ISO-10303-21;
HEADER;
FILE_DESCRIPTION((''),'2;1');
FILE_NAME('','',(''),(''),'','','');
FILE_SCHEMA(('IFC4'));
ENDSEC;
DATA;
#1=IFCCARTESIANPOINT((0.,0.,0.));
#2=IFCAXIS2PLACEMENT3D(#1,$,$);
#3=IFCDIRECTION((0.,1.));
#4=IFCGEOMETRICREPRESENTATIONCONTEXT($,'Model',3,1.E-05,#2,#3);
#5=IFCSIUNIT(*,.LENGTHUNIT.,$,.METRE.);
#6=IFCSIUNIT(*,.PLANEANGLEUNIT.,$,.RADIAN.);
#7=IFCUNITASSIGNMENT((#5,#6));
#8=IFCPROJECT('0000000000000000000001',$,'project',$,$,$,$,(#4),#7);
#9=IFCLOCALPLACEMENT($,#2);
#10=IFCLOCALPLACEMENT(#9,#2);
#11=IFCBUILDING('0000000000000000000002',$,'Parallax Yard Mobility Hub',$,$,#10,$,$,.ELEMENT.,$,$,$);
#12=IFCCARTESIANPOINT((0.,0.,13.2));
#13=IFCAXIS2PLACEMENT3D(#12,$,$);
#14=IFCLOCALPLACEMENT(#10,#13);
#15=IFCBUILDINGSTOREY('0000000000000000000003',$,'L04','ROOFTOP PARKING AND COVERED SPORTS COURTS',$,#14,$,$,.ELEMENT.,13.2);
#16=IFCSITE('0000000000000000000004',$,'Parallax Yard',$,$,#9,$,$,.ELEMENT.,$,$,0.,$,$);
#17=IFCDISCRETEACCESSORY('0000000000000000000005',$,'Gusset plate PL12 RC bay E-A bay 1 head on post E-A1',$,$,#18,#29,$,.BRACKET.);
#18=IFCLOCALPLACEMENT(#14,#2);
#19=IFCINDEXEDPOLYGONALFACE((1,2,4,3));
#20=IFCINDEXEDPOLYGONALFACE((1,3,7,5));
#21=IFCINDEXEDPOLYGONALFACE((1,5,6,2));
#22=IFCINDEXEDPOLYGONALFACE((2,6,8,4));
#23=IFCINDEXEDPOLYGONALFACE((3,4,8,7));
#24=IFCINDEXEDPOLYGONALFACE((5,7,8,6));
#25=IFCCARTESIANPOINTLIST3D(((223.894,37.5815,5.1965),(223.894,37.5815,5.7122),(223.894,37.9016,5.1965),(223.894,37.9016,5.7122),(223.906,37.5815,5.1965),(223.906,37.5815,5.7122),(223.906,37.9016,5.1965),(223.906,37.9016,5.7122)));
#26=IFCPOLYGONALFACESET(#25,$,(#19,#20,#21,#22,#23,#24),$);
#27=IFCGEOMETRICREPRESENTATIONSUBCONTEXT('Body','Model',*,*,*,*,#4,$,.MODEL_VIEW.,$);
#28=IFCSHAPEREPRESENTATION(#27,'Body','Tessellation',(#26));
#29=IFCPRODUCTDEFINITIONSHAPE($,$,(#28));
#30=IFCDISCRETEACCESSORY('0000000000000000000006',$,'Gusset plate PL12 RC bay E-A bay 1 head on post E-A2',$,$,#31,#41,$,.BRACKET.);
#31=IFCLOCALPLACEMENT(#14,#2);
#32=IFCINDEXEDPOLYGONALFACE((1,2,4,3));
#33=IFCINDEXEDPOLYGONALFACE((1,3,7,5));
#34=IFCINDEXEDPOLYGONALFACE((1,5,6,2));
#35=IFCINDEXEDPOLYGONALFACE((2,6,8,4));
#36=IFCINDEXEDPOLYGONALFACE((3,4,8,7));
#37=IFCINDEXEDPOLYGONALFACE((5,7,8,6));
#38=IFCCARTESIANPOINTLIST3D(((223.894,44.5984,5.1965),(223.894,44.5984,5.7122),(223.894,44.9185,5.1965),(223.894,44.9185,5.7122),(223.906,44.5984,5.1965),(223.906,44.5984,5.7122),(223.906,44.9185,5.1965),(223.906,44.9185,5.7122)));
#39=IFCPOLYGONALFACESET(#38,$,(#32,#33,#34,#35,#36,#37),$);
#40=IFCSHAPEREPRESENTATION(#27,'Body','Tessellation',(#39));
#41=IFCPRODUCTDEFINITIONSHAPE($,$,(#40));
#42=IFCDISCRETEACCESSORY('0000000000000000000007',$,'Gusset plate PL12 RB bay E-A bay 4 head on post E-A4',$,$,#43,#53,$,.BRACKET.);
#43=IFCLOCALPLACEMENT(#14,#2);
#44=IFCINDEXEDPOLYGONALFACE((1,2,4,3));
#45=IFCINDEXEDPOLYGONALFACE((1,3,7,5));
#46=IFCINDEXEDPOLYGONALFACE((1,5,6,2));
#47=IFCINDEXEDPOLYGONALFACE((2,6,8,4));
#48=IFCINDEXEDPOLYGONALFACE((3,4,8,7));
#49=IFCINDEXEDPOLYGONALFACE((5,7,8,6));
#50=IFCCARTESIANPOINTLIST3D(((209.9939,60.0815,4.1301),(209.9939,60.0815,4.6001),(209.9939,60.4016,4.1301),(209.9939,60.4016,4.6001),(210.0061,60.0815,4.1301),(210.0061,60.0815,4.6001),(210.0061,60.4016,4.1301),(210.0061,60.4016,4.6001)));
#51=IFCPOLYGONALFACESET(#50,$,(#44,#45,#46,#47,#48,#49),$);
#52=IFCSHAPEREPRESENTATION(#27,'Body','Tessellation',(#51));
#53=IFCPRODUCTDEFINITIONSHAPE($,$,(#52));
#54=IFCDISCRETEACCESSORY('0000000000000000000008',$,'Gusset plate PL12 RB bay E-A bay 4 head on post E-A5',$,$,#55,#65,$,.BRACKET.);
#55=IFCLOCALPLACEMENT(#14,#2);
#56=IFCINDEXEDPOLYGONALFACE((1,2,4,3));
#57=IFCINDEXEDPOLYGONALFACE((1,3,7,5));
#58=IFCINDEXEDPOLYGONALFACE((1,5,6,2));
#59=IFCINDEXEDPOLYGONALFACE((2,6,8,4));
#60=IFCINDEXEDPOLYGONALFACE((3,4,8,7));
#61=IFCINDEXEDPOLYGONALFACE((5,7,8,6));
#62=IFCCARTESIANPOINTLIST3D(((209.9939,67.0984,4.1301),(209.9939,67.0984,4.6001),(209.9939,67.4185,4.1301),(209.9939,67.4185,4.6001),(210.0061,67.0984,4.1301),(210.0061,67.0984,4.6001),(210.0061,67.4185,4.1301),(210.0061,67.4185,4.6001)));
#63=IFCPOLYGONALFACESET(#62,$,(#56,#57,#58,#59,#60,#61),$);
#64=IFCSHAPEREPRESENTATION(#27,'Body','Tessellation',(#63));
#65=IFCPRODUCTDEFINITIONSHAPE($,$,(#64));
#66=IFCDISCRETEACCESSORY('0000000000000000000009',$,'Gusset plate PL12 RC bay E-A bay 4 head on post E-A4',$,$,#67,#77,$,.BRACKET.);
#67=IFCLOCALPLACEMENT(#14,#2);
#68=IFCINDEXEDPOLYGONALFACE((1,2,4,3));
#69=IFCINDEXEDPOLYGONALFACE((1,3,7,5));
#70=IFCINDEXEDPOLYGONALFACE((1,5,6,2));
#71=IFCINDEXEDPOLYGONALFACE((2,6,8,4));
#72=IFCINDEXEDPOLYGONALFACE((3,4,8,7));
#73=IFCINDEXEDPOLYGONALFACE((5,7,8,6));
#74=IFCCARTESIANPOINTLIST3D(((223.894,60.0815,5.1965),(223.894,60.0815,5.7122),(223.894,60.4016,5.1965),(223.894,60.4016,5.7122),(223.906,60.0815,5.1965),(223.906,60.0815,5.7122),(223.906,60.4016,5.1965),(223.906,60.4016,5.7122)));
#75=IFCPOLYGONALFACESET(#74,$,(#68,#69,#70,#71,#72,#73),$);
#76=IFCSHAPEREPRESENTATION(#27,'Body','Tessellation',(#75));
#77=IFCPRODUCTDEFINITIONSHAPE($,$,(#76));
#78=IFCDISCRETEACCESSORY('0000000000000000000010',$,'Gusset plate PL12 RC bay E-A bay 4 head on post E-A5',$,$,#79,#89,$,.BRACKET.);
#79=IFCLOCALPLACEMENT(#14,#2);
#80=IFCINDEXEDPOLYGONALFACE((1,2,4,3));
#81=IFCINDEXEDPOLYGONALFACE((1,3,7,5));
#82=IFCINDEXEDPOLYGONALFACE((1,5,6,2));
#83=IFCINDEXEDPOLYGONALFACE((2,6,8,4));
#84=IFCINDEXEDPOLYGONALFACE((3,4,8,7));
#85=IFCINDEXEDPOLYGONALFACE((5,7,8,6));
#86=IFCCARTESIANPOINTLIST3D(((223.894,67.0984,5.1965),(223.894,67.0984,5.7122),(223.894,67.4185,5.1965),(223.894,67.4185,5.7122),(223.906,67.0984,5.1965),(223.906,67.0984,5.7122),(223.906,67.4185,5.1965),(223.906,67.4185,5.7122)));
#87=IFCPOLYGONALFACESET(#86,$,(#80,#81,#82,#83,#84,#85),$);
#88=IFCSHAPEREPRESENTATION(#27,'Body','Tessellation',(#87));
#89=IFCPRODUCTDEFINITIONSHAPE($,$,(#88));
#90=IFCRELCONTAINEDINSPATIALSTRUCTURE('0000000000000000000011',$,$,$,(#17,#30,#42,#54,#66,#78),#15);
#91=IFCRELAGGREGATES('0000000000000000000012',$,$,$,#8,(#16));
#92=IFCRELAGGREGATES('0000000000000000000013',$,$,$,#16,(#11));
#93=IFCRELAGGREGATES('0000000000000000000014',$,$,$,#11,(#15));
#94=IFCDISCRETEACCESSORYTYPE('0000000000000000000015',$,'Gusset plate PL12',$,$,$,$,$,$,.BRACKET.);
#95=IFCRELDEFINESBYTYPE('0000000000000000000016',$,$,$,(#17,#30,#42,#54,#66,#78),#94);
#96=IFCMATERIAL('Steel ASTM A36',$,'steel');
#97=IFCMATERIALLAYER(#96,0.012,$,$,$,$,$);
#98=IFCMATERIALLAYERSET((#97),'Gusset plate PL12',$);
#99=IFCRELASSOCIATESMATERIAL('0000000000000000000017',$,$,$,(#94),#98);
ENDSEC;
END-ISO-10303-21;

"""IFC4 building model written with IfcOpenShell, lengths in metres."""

from ifc_helpers import new_model, si_unit, direction, frame, origin, place, context, subcontext, project, spatial, polyline, outline, extrude, material, layer, layer_set, type_object, element, save


model = new_model("IFC4")

# Units and contexts
model_context = context("Model", 3, precision=1e-05, world=origin(), true_north=direction((0.0, 1.0)))
body_context = subcontext(model_context, "Body", "Model", "MODEL_VIEW")
ifc_project = project(units=[si_unit("LENGTHUNIT", "METRE"), si_unit("PLANEANGLEUNIT", "RADIAN")], contexts=[model_context])

# Site, building, storey
site_placement = place(None, origin())
site = spatial("IfcSite", under=ifc_project, at=site_placement, Name="Parallax Yard", CompositionType="ELEMENT", RefElevation=0.0)
building_placement = place(site_placement, origin())
building = spatial("IfcBuilding", under=site, at=building_placement, Name="Parallax Yard Mobility Hub", CompositionType="ELEMENT")
storey_placement = place(building_placement, frame((0.0, 0.0, 13.2)))
storey = spatial("IfcBuildingStorey", under=building, at=storey_placement, Name="L04", Description="ROOFTOP PARKING AND COVERED SPORTS COURTS", CompositionType="ELEMENT", Elevation=13.2)

# Discrete accessories
ifc_material = material(Name="Steel ASTM A36", Category="steel")
ifc_layer = layer(ifc_material, 0.012)
ifc_layer_set = layer_set([ifc_layer], Name="Gusset plate PL12")
discrete_accessory_type = type_object("IfcDiscreteAccessoryType", Name="Gusset plate PL12", PredefinedType="BRACKET", material=ifc_layer_set)
discrete_accessory_1_placement = place(storey_placement, frame((0.0, 0.0, 5.1965)))
element("IfcDiscreteAccessory", 1, at=discrete_accessory_1_placement, inside=storey, type_object=discrete_accessory_type, Name="Gusset plate PL12 RC bay E-A bay 1 head on post E-A1", PredefinedType="BRACKET", context=body_context, shape_type="SweptSolid", body=[
    extrude(outline(polyline([(223.906, 37.5815), (223.906, 37.9016), (223.894, 37.9016), (223.894, 37.5815), (223.906, 37.5815)])), origin(), (0.0, 0.0, 1.0), 0.5156),
])
discrete_accessory_2_placement = place(storey_placement, frame((0.0, 0.0, 5.1965)))
element("IfcDiscreteAccessory", 2, at=discrete_accessory_2_placement, inside=storey, type_object=discrete_accessory_type, Name="Gusset plate PL12 RC bay E-A bay 1 head on post E-A2", PredefinedType="BRACKET", context=body_context, shape_type="SweptSolid", body=[
    extrude(outline(polyline([(223.894, 44.9185), (223.894, 44.5984), (223.906, 44.5984), (223.906, 44.9185), (223.894, 44.9185)])), origin(), (0.0, 0.0, 1.0), 0.5156),
])
discrete_accessory_3_placement = place(storey_placement, frame((0.0, 0.0, 4.1301)))
element("IfcDiscreteAccessory", 3, at=discrete_accessory_3_placement, inside=storey, type_object=discrete_accessory_type, Name="Gusset plate PL12 RB bay E-A bay 4 head on post E-A4", PredefinedType="BRACKET", context=body_context, shape_type="SweptSolid", body=[
    extrude(outline(polyline([(210.0061, 60.0815), (210.0061, 60.4016), (209.9939, 60.4016), (209.9939, 60.0815), (210.0061, 60.0815)])), origin(), (0.0, 0.0, 1.0), 0.47),
])
discrete_accessory_4_placement = place(storey_placement, frame((0.0, 0.0, 4.1301)))
element("IfcDiscreteAccessory", 4, at=discrete_accessory_4_placement, inside=storey, type_object=discrete_accessory_type, Name="Gusset plate PL12 RB bay E-A bay 4 head on post E-A5", PredefinedType="BRACKET", context=body_context, shape_type="SweptSolid", body=[
    extrude(outline(polyline([(209.9939, 67.4185), (209.9939, 67.0984), (210.0061, 67.0984), (210.0061, 67.4185), (209.9939, 67.4185)])), origin(), (0.0, 0.0, 1.0), 0.47),
])
discrete_accessory_5_placement = place(storey_placement, frame((0.0, 0.0, 5.1965)))
element("IfcDiscreteAccessory", 5, at=discrete_accessory_5_placement, inside=storey, type_object=discrete_accessory_type, Name="Gusset plate PL12 RC bay E-A bay 4 head on post E-A4", PredefinedType="BRACKET", context=body_context, shape_type="SweptSolid", body=[
    extrude(outline(polyline([(223.906, 60.0815), (223.906, 60.4016), (223.894, 60.4016), (223.894, 60.0815), (223.906, 60.0815)])), origin(), (0.0, 0.0, 1.0), 0.5156),
])
discrete_accessory_6_placement = place(storey_placement, frame((0.0, 0.0, 5.1965)))
element("IfcDiscreteAccessory", 6, at=discrete_accessory_6_placement, inside=storey, type_object=discrete_accessory_type, Name="Gusset plate PL12 RC bay E-A bay 4 head on post E-A5", PredefinedType="BRACKET", context=body_context, shape_type="SweptSolid", body=[
    extrude(outline(polyline([(223.894, 67.4185), (223.894, 67.0984), (223.906, 67.0984), (223.906, 67.4185), (223.894, 67.4185)])), origin(), (0.0, 0.0, 1.0), 0.5156),
])

save(model, "model.ifc")
